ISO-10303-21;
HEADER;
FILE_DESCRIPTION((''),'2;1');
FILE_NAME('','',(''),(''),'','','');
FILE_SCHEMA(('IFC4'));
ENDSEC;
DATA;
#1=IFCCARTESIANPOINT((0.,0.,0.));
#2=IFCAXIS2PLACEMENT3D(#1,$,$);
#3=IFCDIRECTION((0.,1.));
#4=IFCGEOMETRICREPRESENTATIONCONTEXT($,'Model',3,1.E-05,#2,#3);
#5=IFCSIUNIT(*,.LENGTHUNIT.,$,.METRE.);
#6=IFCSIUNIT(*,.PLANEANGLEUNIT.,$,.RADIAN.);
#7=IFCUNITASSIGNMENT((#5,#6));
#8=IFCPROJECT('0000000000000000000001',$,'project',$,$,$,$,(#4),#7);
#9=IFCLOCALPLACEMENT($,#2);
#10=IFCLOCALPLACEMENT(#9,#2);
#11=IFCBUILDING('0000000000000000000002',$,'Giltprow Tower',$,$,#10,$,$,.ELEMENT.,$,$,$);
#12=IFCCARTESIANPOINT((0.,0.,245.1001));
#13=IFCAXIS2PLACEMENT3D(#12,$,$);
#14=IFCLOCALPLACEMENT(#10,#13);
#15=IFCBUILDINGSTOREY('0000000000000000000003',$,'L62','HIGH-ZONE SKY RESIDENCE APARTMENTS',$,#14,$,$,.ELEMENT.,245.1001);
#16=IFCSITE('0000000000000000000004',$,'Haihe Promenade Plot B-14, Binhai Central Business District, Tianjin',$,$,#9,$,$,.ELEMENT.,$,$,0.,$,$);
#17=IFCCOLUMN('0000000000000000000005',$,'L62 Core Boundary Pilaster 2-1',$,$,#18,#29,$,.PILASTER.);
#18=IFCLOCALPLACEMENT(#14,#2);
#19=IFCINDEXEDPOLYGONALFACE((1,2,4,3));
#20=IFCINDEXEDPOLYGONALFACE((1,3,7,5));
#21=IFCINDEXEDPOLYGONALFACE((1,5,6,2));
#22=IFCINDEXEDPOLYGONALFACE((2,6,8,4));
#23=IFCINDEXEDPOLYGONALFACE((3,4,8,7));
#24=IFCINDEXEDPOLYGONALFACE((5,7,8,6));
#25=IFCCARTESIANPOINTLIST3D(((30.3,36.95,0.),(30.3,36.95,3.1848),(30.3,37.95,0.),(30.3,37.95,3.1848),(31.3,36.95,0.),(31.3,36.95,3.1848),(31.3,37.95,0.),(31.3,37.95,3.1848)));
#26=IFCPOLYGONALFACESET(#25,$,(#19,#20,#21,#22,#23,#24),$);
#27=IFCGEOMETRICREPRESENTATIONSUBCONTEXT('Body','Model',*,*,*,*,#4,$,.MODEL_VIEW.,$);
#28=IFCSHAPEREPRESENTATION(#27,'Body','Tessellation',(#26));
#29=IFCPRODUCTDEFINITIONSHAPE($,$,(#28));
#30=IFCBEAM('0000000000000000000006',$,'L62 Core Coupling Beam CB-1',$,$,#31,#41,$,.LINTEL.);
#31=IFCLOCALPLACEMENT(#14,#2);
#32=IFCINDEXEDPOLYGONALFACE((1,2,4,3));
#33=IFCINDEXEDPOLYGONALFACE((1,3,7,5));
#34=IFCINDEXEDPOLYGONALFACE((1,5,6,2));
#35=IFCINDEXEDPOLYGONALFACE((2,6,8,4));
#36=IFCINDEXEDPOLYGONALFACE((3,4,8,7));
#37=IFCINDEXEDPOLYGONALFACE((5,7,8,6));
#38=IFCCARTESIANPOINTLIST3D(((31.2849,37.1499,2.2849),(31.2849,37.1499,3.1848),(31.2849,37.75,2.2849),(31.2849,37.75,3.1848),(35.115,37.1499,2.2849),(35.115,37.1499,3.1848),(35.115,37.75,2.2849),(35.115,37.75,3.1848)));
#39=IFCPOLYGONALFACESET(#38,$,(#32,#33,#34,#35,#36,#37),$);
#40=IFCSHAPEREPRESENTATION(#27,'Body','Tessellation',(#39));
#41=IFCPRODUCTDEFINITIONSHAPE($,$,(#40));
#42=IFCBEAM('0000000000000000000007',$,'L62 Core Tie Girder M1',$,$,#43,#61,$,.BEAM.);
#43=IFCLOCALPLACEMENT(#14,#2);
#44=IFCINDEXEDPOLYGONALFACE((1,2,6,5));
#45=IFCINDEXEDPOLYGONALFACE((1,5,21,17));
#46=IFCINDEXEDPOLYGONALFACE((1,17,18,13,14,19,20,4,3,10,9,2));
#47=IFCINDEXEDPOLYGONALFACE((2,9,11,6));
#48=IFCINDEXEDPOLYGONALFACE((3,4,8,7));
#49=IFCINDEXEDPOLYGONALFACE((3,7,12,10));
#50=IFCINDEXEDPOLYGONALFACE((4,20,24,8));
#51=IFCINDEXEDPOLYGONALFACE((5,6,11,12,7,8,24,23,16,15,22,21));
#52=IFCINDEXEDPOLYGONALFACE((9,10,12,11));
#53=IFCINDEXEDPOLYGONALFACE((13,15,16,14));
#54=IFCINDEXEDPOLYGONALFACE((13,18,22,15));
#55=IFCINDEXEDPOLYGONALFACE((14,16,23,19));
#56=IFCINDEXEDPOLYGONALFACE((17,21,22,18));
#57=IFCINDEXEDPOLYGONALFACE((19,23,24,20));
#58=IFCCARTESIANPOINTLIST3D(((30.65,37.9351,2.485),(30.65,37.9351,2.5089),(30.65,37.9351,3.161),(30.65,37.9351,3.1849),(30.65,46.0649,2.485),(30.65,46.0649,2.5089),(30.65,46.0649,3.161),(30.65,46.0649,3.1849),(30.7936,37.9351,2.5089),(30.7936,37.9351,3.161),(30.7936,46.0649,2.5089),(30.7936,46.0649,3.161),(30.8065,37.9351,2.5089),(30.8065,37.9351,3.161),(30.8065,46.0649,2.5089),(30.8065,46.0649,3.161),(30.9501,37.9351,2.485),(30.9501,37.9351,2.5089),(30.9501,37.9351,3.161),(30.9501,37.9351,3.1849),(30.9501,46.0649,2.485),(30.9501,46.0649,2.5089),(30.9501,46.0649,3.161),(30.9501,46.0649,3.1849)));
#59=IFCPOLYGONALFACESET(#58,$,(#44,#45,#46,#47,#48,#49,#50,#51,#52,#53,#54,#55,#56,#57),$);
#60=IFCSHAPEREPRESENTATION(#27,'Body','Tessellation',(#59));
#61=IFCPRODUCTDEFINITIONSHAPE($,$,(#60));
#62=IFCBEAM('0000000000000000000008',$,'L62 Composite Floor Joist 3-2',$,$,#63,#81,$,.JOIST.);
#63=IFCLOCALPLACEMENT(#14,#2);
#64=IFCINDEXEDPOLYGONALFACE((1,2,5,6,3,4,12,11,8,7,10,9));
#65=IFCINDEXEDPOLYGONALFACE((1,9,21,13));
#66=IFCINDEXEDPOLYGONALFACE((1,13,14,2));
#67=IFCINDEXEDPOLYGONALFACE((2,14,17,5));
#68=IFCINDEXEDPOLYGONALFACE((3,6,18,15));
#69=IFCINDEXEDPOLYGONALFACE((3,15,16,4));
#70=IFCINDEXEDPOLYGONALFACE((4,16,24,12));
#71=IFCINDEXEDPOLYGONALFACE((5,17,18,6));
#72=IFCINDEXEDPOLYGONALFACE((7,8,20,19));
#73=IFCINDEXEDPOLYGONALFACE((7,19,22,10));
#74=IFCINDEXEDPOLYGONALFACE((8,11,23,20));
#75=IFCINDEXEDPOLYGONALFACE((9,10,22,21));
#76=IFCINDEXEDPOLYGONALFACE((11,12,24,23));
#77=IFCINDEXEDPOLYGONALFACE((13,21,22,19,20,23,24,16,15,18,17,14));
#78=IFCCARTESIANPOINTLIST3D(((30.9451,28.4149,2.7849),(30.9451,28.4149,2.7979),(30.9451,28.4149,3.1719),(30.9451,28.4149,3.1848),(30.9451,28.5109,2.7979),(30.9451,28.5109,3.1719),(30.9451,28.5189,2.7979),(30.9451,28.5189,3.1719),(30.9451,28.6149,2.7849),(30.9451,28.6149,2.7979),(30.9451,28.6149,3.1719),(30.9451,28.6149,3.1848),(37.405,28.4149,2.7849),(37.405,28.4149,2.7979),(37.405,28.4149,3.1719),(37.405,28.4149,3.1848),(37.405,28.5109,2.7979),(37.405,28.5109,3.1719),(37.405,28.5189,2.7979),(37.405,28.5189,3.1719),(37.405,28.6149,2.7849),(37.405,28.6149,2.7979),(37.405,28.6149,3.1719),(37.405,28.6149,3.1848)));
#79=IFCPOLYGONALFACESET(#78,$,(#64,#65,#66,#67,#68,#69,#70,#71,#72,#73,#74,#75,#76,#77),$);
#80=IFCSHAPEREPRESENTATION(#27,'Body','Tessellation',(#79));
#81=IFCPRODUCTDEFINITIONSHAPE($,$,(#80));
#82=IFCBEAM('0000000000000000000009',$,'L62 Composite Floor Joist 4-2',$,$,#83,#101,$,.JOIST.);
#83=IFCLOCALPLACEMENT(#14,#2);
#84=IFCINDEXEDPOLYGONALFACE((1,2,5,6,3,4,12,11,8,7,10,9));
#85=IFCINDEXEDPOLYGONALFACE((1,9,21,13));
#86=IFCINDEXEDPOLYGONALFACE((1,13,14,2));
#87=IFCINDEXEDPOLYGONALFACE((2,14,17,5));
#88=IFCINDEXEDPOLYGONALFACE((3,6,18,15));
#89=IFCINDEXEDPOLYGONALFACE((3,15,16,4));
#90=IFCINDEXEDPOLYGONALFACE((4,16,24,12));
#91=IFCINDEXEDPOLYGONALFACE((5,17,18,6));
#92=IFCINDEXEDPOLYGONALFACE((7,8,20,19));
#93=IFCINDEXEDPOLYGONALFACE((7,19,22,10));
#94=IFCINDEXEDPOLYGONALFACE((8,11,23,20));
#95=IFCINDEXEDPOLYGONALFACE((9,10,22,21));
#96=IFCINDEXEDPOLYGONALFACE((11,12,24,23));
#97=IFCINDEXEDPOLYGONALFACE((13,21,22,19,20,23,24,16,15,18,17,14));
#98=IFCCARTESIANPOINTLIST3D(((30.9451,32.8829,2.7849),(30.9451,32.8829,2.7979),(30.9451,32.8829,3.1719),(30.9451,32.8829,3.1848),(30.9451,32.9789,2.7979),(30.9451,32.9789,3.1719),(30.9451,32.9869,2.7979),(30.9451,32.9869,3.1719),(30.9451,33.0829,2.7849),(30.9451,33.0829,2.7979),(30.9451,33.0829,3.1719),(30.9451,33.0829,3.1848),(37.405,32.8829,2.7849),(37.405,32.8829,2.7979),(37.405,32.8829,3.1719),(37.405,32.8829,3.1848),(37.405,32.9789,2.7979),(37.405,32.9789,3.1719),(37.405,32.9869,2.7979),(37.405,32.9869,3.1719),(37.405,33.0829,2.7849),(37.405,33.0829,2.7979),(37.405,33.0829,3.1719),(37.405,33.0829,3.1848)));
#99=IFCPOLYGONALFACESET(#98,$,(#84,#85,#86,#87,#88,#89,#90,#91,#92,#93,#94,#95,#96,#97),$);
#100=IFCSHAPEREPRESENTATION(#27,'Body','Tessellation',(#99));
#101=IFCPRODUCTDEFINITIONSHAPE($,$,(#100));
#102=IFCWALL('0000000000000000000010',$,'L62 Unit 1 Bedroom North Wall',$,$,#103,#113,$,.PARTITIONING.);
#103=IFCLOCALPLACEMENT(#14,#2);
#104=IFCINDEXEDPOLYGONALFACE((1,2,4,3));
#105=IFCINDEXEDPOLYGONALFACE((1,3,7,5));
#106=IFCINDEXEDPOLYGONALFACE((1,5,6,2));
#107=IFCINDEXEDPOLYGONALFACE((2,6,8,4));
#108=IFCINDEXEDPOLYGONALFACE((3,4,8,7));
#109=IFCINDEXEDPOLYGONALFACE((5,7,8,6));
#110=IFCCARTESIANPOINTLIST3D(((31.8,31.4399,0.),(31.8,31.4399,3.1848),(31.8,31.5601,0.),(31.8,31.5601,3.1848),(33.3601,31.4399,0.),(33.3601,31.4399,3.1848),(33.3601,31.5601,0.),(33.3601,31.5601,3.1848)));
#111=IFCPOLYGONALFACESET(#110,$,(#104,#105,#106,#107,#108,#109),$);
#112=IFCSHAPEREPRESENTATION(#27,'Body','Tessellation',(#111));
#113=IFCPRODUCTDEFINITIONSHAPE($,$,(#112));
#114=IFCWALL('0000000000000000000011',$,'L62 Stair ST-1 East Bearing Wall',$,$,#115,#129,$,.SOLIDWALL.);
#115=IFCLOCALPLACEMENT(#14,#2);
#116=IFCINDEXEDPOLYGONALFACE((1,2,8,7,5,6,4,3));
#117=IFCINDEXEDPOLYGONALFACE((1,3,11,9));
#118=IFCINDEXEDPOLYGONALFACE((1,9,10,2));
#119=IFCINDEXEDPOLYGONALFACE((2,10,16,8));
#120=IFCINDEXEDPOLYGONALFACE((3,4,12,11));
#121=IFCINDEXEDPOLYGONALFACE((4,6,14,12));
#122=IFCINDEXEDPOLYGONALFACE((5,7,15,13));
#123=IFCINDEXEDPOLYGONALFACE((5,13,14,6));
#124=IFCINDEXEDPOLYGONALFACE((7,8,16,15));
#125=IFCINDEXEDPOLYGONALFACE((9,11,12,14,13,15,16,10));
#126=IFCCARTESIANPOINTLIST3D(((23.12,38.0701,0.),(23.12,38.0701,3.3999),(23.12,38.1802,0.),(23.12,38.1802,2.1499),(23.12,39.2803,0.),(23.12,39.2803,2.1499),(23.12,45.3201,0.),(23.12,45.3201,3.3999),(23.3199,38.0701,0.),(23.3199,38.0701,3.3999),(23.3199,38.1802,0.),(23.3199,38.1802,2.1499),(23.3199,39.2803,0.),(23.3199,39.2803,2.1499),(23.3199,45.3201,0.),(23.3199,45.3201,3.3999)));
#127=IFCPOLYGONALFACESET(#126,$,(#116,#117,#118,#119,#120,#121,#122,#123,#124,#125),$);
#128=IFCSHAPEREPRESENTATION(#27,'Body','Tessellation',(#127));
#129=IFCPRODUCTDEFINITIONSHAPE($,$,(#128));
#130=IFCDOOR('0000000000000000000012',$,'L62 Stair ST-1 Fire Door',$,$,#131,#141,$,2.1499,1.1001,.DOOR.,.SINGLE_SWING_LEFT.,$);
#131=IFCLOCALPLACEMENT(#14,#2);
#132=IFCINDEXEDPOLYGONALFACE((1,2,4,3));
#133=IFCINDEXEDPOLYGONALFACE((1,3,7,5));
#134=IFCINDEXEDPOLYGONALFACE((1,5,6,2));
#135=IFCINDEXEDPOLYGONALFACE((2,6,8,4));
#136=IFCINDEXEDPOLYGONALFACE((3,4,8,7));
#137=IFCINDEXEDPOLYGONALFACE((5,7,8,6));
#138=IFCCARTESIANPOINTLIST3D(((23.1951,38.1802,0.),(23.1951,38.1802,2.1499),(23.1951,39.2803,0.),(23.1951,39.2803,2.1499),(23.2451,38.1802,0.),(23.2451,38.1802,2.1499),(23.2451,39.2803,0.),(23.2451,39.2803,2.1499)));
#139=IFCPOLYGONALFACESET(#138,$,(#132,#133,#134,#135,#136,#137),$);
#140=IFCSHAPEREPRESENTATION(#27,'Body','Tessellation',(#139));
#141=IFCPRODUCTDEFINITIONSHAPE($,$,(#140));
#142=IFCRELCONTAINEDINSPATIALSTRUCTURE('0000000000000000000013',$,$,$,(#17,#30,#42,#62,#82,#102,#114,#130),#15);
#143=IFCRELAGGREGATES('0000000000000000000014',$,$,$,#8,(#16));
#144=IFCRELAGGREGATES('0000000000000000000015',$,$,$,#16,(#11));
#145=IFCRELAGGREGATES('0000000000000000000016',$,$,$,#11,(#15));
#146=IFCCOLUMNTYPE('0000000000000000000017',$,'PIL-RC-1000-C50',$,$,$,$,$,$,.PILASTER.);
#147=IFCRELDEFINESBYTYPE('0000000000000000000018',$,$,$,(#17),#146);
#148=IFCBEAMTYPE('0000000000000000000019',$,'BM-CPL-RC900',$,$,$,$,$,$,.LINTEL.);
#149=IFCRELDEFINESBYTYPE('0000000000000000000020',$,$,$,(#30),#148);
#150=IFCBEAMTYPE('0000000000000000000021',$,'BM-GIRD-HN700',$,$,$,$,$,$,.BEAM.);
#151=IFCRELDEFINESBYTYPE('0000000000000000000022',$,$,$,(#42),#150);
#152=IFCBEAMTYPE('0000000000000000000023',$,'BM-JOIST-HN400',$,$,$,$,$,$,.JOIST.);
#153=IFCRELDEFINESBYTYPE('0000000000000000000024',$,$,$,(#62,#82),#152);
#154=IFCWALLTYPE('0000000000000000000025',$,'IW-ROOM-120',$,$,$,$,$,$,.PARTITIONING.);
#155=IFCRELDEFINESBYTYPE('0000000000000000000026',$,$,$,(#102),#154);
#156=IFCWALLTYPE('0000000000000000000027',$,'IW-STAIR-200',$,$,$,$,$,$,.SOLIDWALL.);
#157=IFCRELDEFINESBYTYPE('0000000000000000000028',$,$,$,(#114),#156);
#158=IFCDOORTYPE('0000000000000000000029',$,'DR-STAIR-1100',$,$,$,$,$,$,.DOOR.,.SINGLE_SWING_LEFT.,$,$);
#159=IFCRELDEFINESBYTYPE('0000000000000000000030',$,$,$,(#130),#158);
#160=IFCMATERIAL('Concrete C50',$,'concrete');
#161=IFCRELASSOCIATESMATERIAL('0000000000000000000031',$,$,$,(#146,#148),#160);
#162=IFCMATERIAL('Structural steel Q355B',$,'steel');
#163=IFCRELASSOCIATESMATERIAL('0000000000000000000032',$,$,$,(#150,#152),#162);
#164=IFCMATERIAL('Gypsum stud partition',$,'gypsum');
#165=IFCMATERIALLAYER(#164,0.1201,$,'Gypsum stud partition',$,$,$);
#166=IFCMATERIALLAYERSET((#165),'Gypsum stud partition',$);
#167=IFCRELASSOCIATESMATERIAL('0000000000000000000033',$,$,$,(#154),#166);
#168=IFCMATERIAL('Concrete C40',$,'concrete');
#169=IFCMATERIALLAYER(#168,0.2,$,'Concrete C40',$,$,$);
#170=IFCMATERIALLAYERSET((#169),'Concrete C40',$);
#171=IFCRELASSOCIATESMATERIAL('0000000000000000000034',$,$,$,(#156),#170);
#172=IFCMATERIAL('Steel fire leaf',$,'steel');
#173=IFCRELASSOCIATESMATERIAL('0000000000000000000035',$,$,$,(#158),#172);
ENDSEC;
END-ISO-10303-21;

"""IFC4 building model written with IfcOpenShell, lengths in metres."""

from ifc_helpers import new_model, si_unit, direction, frame, frame_2d, origin, origin_2d, place, context, subcontext, project, spatial, rectangle, i_section, extrude, source, transform, mapped, material, layer, layer_set, material_profile, profile_set, type_object, element, fill, save


model = new_model("IFC4")

# Units and contexts
model_context = context("Model", 3, precision=1e-05, world=origin(), true_north=direction((0.0, 1.0)))
body_context = subcontext(model_context, "Body", "Model", "MODEL_VIEW")
ifc_project = project(units=[si_unit("LENGTHUNIT", "METRE"), si_unit("PLANEANGLEUNIT", "RADIAN")], contexts=[model_context])

# Site, building, storey
site_placement = place(None, origin())
site = spatial("IfcSite", under=ifc_project, at=site_placement, Name="Haihe Promenade Plot B-14, Binhai Central Business District, Tianjin", CompositionType="ELEMENT", RefElevation=0.0)
building_placement = place(site_placement, origin())
building = spatial("IfcBuilding", under=site, at=building_placement, Name="Giltprow Tower", CompositionType="ELEMENT")
storey_placement = place(building_placement, frame((0.0, 0.0, 245.1001)))
storey = spatial("IfcBuildingStorey", under=building, at=storey_placement, Name="L62", Description="HIGH-ZONE SKY RESIDENCE APARTMENTS", CompositionType="ELEMENT", Elevation=245.1001)

# Column
ifc_material_1 = material(Name="Concrete C50", Category="concrete")
ifc_material_profile_1 = material_profile(ifc_material_1, rectangle(XDim=1.0, YDim=1.0, at=origin_2d()), Name="RC 1000x1000")
ifc_profile_set_1 = profile_set([ifc_material_profile_1], Name="Concrete C50")
column_type = type_object("IfcColumnType", Name="PIL-RC-1000-C50", PredefinedType="PILASTER", material=ifc_profile_set_1)
shared_shape_1 = source(origin(), body_context, "Body", "SweptSolid", [
    extrude(rectangle(XDim=1.0, YDim=1.0, at=origin_2d()), origin(), (0.0, 0.0, 1.0), 3.1848),
])
column_placement = place(storey_placement, frame((30.8, 37.45, 0.0), z_axis=(0.0, 0.0, 1.0), x_axis=(1.0, 0.0, 0.0)))
element("IfcColumn", 1, at=column_placement, inside=storey, type_object=column_type, Name="L62 Core Boundary Pilaster 2-1", PredefinedType="PILASTER", context=body_context, shape_type="MappedRepresentation", body=[
    mapped(shared_shape_1, transform((0.0, 0.0, 0.0), x_axis=(1.0, 0.0, 0.0), y_axis=(0.0, 1.0, 0.0), z_axis=(0.0, 0.0, 1.0), scale=1.0)),
])

# Beams
ifc_material_profile_2 = material_profile(ifc_material_1, rectangle(XDim=0.6001, YDim=0.8999, at=origin_2d()), Name="RC 900x600")
ifc_profile_set_2 = profile_set([ifc_material_profile_2], Name="Concrete C50")
beam_type_1 = type_object("IfcBeamType", Name="BM-CPL-RC900", PredefinedType="LINTEL", material=ifc_profile_set_2)
shared_shape_2 = source(origin(), body_context, "Body", "SweptSolid", [
    extrude(rectangle(XDim=0.6001, YDim=0.8999, at=origin_2d()), origin(), (0.0, 0.0, 1.0), 3.8301),
])
beam_1_placement = place(storey_placement, frame((31.2849, 37.45, 2.7349), z_axis=(1.0, 0.0, 0.0), x_axis=(0.0, 1.0, 0.0)))
element("IfcBeam", 2, at=beam_1_placement, inside=storey, type_object=beam_type_1, Name="L62 Core Coupling Beam CB-1", PredefinedType="LINTEL", context=body_context, shape_type="MappedRepresentation", body=[
    mapped(shared_shape_2, transform((0.0, 0.0, 0.0), x_axis=(1.0, 0.0, 0.0), y_axis=(0.0, 1.0, 0.0), z_axis=(0.0, 0.0, 1.0), scale=1.0)),
])
ifc_material_2 = material(Name="Structural steel Q355B", Category="steel")
ifc_material_profile_3 = material_profile(ifc_material_2, i_section(OverallWidth=0.3, OverallDepth=0.7, WebThickness=0.0129, FlangeThickness=0.0239, at=origin_2d()), Name="HN 700x300x13x24")
ifc_profile_set_3 = profile_set([ifc_material_profile_3], Name="Structural steel Q355B")
beam_type_2 = type_object("IfcBeamType", Name="BM-GIRD-HN700", PredefinedType="BEAM", material=ifc_profile_set_3)
shared_shape_3 = source(origin(), body_context, "Body", "SweptSolid", [
    extrude(i_section(OverallWidth=0.3, OverallDepth=0.7, WebThickness=0.0129, FlangeThickness=0.0239, at=origin_2d()), origin(), (0.0, 0.0, 1.0), 8.1299),
])
beam_2_placement = place(storey_placement, frame((30.8, 37.9351, 2.835), z_axis=(0.0, 1.0, 0.0), x_axis=(-1.0, 0.0, 0.0)))
element("IfcBeam", 3, at=beam_2_placement, inside=storey, type_object=beam_type_2, Name="L62 Core Tie Girder M1", PredefinedType="BEAM", context=body_context, shape_type="MappedRepresentation", body=[
    mapped(shared_shape_3, transform((0.0, 0.0, 0.0), x_axis=(1.0, 0.0, 0.0), y_axis=(0.0, 1.0, 0.0), z_axis=(0.0, 0.0, 1.0), scale=1.0)),
])
ifc_material_profile_4 = material_profile(ifc_material_2, i_section(OverallWidth=0.2, OverallDepth=0.3999, WebThickness=0.0081, FlangeThickness=0.0129, at=origin_2d()), Name="HN 400x200x8x13")
ifc_profile_set_4 = profile_set([ifc_material_profile_4], Name="Structural steel Q355B")
beam_type_3 = type_object("IfcBeamType", Name="BM-JOIST-HN400", PredefinedType="JOIST", material=ifc_profile_set_4)
shared_shape_4 = source(origin(), body_context, "Body", "SweptSolid", [
    extrude(i_section(OverallWidth=0.2, OverallDepth=0.3999, WebThickness=0.0081, FlangeThickness=0.0129, at=origin_2d()), origin(), (0.0, 0.0, 1.0), 6.46),
])
for number, where, z_axis, x_axis, name in (
    (4, (30.9451, 28.5149, 2.9849), (1.0, 0.0, 0.0), (0.0, 1.0, 0.0), "L62 Composite Floor Joist 3-2"),
    (5, (30.9451, 32.9829, 2.9849), (1.0, 0.0, 0.0), (0.0, 1.0, 0.0), "L62 Composite Floor Joist 4-2"),
):
    element("IfcBeam", number, at=place(storey_placement, frame(where, z_axis=z_axis, x_axis=x_axis)), inside=storey, type_object=beam_type_3, Name=name, PredefinedType="JOIST", context=body_context, shape_type="MappedRepresentation", body=[
        mapped(shared_shape_4, transform((0.0, 0.0, 0.0), x_axis=(1.0, 0.0, 0.0), y_axis=(0.0, 1.0, 0.0), z_axis=(0.0, 0.0, 1.0), scale=1.0)),
    ])

# Wall
ifc_material_3 = material(Name="Gypsum stud partition", Category="gypsum")
ifc_layer_1 = layer(ifc_material_3, 0.1201, Name="Gypsum stud partition")
ifc_layer_set_1 = layer_set([ifc_layer_1], Name="Gypsum stud partition")
wall_type_1 = type_object("IfcWallType", Name="IW-ROOM-120", PredefinedType="PARTITIONING", material=ifc_layer_set_1)
wall_1_placement = place(storey_placement, frame((31.8, 31.5, 0.0), z_axis=(0.0, 0.0, 1.0), x_axis=(1.0, 0.0, 0.0)))
element("IfcWall", 6, at=wall_1_placement, inside=storey, type_object=wall_type_1, Name="L62 Unit 1 Bedroom North Wall", PredefinedType="PARTITIONING", context=body_context, shape_type="SweptSolid", body=[
    extrude(rectangle(XDim=1.5601, YDim=0.1201, at=frame_2d((0.78, 0.0))), origin(), (0.0, 0.0, 1.0), 3.1848),
])

# Wall, opening, door
ifc_material_4 = material(Name="Concrete C40", Category="concrete")
ifc_layer_2 = layer(ifc_material_4, 0.2, Name="Concrete C40")
ifc_layer_set_2 = layer_set([ifc_layer_2], Name="Concrete C40")
wall_type_2 = type_object("IfcWallType", Name="IW-STAIR-200", PredefinedType="SOLIDWALL", material=ifc_layer_set_2)
wall_2_placement = place(storey_placement, frame((23.22, 38.0701, 0.0), z_axis=(0.0, 0.0, 1.0), x_axis=(0.0, 1.0, 0.0)))
wall_2 = element("IfcWall", 7, at=wall_2_placement, inside=storey, type_object=wall_type_2, Name="L62 Stair ST-1 East Bearing Wall", PredefinedType="SOLIDWALL", context=body_context, shape_type="SweptSolid", body=[
    extrude(rectangle(XDim=7.25, YDim=0.2, at=frame_2d((3.625, 0.0))), origin(), (0.0, 0.0, 1.0), 3.3999),
])
opening_1_placement = place(wall_2_placement, frame((0.1101, 0.0, 0.0)))
opening_1 = element("IfcOpeningElement", 8, at=opening_1_placement, cuts=wall_2, PredefinedType="OPENING", context=body_context, shape_type="SweptSolid", body=[
    extrude(rectangle(XDim=1.1001, YDim=2.1499, at=frame_2d((0.55, 1.075))), frame((0.0, 0.1099, 0.0), z_axis=(0.0, -1.0, 0.0), x_axis=(1.0, 0.0, 0.0)), (0.0, 0.0, 1.0), 0.22),
])
ifc_material_5 = material(Name="Steel fire leaf", Category="steel")
door_type_1 = type_object("IfcDoorType", Name="DR-STAIR-1100", OperationType="SINGLE_SWING_LEFT", PredefinedType="DOOR", material=ifc_material_5)
shared_shape_5 = source(origin(), body_context, "Body", "SweptSolid", [
    extrude(rectangle(XDim=1.1001, YDim=2.1499, at=frame_2d((0.55, 1.075))), frame((0.0, 0.0249, 0.0), z_axis=(0.0, -1.0, 0.0), x_axis=(1.0, 0.0, 0.0)), (0.0, 0.0, 1.0), 0.05),
])
door_1_placement = place(opening_1_placement, origin())
door_1 = element("IfcDoor", 9, at=door_1_placement, inside=storey, type_object=door_type_1, Name="L62 Stair ST-1 Fire Door", OperationType="SINGLE_SWING_LEFT", OverallHeight=2.1499, OverallWidth=1.1001, PredefinedType="DOOR", context=body_context, shape_type="MappedRepresentation", body=[
    mapped(shared_shape_5, transform((0.0, 0.0, 0.0), x_axis=(1.0, 0.0, 0.0), y_axis=(0.0, 1.0, 0.0), z_axis=(0.0, 0.0, 1.0), scale=1.0)),
])
fill(opening_1, door_1)

save(model, "model.ifc")
